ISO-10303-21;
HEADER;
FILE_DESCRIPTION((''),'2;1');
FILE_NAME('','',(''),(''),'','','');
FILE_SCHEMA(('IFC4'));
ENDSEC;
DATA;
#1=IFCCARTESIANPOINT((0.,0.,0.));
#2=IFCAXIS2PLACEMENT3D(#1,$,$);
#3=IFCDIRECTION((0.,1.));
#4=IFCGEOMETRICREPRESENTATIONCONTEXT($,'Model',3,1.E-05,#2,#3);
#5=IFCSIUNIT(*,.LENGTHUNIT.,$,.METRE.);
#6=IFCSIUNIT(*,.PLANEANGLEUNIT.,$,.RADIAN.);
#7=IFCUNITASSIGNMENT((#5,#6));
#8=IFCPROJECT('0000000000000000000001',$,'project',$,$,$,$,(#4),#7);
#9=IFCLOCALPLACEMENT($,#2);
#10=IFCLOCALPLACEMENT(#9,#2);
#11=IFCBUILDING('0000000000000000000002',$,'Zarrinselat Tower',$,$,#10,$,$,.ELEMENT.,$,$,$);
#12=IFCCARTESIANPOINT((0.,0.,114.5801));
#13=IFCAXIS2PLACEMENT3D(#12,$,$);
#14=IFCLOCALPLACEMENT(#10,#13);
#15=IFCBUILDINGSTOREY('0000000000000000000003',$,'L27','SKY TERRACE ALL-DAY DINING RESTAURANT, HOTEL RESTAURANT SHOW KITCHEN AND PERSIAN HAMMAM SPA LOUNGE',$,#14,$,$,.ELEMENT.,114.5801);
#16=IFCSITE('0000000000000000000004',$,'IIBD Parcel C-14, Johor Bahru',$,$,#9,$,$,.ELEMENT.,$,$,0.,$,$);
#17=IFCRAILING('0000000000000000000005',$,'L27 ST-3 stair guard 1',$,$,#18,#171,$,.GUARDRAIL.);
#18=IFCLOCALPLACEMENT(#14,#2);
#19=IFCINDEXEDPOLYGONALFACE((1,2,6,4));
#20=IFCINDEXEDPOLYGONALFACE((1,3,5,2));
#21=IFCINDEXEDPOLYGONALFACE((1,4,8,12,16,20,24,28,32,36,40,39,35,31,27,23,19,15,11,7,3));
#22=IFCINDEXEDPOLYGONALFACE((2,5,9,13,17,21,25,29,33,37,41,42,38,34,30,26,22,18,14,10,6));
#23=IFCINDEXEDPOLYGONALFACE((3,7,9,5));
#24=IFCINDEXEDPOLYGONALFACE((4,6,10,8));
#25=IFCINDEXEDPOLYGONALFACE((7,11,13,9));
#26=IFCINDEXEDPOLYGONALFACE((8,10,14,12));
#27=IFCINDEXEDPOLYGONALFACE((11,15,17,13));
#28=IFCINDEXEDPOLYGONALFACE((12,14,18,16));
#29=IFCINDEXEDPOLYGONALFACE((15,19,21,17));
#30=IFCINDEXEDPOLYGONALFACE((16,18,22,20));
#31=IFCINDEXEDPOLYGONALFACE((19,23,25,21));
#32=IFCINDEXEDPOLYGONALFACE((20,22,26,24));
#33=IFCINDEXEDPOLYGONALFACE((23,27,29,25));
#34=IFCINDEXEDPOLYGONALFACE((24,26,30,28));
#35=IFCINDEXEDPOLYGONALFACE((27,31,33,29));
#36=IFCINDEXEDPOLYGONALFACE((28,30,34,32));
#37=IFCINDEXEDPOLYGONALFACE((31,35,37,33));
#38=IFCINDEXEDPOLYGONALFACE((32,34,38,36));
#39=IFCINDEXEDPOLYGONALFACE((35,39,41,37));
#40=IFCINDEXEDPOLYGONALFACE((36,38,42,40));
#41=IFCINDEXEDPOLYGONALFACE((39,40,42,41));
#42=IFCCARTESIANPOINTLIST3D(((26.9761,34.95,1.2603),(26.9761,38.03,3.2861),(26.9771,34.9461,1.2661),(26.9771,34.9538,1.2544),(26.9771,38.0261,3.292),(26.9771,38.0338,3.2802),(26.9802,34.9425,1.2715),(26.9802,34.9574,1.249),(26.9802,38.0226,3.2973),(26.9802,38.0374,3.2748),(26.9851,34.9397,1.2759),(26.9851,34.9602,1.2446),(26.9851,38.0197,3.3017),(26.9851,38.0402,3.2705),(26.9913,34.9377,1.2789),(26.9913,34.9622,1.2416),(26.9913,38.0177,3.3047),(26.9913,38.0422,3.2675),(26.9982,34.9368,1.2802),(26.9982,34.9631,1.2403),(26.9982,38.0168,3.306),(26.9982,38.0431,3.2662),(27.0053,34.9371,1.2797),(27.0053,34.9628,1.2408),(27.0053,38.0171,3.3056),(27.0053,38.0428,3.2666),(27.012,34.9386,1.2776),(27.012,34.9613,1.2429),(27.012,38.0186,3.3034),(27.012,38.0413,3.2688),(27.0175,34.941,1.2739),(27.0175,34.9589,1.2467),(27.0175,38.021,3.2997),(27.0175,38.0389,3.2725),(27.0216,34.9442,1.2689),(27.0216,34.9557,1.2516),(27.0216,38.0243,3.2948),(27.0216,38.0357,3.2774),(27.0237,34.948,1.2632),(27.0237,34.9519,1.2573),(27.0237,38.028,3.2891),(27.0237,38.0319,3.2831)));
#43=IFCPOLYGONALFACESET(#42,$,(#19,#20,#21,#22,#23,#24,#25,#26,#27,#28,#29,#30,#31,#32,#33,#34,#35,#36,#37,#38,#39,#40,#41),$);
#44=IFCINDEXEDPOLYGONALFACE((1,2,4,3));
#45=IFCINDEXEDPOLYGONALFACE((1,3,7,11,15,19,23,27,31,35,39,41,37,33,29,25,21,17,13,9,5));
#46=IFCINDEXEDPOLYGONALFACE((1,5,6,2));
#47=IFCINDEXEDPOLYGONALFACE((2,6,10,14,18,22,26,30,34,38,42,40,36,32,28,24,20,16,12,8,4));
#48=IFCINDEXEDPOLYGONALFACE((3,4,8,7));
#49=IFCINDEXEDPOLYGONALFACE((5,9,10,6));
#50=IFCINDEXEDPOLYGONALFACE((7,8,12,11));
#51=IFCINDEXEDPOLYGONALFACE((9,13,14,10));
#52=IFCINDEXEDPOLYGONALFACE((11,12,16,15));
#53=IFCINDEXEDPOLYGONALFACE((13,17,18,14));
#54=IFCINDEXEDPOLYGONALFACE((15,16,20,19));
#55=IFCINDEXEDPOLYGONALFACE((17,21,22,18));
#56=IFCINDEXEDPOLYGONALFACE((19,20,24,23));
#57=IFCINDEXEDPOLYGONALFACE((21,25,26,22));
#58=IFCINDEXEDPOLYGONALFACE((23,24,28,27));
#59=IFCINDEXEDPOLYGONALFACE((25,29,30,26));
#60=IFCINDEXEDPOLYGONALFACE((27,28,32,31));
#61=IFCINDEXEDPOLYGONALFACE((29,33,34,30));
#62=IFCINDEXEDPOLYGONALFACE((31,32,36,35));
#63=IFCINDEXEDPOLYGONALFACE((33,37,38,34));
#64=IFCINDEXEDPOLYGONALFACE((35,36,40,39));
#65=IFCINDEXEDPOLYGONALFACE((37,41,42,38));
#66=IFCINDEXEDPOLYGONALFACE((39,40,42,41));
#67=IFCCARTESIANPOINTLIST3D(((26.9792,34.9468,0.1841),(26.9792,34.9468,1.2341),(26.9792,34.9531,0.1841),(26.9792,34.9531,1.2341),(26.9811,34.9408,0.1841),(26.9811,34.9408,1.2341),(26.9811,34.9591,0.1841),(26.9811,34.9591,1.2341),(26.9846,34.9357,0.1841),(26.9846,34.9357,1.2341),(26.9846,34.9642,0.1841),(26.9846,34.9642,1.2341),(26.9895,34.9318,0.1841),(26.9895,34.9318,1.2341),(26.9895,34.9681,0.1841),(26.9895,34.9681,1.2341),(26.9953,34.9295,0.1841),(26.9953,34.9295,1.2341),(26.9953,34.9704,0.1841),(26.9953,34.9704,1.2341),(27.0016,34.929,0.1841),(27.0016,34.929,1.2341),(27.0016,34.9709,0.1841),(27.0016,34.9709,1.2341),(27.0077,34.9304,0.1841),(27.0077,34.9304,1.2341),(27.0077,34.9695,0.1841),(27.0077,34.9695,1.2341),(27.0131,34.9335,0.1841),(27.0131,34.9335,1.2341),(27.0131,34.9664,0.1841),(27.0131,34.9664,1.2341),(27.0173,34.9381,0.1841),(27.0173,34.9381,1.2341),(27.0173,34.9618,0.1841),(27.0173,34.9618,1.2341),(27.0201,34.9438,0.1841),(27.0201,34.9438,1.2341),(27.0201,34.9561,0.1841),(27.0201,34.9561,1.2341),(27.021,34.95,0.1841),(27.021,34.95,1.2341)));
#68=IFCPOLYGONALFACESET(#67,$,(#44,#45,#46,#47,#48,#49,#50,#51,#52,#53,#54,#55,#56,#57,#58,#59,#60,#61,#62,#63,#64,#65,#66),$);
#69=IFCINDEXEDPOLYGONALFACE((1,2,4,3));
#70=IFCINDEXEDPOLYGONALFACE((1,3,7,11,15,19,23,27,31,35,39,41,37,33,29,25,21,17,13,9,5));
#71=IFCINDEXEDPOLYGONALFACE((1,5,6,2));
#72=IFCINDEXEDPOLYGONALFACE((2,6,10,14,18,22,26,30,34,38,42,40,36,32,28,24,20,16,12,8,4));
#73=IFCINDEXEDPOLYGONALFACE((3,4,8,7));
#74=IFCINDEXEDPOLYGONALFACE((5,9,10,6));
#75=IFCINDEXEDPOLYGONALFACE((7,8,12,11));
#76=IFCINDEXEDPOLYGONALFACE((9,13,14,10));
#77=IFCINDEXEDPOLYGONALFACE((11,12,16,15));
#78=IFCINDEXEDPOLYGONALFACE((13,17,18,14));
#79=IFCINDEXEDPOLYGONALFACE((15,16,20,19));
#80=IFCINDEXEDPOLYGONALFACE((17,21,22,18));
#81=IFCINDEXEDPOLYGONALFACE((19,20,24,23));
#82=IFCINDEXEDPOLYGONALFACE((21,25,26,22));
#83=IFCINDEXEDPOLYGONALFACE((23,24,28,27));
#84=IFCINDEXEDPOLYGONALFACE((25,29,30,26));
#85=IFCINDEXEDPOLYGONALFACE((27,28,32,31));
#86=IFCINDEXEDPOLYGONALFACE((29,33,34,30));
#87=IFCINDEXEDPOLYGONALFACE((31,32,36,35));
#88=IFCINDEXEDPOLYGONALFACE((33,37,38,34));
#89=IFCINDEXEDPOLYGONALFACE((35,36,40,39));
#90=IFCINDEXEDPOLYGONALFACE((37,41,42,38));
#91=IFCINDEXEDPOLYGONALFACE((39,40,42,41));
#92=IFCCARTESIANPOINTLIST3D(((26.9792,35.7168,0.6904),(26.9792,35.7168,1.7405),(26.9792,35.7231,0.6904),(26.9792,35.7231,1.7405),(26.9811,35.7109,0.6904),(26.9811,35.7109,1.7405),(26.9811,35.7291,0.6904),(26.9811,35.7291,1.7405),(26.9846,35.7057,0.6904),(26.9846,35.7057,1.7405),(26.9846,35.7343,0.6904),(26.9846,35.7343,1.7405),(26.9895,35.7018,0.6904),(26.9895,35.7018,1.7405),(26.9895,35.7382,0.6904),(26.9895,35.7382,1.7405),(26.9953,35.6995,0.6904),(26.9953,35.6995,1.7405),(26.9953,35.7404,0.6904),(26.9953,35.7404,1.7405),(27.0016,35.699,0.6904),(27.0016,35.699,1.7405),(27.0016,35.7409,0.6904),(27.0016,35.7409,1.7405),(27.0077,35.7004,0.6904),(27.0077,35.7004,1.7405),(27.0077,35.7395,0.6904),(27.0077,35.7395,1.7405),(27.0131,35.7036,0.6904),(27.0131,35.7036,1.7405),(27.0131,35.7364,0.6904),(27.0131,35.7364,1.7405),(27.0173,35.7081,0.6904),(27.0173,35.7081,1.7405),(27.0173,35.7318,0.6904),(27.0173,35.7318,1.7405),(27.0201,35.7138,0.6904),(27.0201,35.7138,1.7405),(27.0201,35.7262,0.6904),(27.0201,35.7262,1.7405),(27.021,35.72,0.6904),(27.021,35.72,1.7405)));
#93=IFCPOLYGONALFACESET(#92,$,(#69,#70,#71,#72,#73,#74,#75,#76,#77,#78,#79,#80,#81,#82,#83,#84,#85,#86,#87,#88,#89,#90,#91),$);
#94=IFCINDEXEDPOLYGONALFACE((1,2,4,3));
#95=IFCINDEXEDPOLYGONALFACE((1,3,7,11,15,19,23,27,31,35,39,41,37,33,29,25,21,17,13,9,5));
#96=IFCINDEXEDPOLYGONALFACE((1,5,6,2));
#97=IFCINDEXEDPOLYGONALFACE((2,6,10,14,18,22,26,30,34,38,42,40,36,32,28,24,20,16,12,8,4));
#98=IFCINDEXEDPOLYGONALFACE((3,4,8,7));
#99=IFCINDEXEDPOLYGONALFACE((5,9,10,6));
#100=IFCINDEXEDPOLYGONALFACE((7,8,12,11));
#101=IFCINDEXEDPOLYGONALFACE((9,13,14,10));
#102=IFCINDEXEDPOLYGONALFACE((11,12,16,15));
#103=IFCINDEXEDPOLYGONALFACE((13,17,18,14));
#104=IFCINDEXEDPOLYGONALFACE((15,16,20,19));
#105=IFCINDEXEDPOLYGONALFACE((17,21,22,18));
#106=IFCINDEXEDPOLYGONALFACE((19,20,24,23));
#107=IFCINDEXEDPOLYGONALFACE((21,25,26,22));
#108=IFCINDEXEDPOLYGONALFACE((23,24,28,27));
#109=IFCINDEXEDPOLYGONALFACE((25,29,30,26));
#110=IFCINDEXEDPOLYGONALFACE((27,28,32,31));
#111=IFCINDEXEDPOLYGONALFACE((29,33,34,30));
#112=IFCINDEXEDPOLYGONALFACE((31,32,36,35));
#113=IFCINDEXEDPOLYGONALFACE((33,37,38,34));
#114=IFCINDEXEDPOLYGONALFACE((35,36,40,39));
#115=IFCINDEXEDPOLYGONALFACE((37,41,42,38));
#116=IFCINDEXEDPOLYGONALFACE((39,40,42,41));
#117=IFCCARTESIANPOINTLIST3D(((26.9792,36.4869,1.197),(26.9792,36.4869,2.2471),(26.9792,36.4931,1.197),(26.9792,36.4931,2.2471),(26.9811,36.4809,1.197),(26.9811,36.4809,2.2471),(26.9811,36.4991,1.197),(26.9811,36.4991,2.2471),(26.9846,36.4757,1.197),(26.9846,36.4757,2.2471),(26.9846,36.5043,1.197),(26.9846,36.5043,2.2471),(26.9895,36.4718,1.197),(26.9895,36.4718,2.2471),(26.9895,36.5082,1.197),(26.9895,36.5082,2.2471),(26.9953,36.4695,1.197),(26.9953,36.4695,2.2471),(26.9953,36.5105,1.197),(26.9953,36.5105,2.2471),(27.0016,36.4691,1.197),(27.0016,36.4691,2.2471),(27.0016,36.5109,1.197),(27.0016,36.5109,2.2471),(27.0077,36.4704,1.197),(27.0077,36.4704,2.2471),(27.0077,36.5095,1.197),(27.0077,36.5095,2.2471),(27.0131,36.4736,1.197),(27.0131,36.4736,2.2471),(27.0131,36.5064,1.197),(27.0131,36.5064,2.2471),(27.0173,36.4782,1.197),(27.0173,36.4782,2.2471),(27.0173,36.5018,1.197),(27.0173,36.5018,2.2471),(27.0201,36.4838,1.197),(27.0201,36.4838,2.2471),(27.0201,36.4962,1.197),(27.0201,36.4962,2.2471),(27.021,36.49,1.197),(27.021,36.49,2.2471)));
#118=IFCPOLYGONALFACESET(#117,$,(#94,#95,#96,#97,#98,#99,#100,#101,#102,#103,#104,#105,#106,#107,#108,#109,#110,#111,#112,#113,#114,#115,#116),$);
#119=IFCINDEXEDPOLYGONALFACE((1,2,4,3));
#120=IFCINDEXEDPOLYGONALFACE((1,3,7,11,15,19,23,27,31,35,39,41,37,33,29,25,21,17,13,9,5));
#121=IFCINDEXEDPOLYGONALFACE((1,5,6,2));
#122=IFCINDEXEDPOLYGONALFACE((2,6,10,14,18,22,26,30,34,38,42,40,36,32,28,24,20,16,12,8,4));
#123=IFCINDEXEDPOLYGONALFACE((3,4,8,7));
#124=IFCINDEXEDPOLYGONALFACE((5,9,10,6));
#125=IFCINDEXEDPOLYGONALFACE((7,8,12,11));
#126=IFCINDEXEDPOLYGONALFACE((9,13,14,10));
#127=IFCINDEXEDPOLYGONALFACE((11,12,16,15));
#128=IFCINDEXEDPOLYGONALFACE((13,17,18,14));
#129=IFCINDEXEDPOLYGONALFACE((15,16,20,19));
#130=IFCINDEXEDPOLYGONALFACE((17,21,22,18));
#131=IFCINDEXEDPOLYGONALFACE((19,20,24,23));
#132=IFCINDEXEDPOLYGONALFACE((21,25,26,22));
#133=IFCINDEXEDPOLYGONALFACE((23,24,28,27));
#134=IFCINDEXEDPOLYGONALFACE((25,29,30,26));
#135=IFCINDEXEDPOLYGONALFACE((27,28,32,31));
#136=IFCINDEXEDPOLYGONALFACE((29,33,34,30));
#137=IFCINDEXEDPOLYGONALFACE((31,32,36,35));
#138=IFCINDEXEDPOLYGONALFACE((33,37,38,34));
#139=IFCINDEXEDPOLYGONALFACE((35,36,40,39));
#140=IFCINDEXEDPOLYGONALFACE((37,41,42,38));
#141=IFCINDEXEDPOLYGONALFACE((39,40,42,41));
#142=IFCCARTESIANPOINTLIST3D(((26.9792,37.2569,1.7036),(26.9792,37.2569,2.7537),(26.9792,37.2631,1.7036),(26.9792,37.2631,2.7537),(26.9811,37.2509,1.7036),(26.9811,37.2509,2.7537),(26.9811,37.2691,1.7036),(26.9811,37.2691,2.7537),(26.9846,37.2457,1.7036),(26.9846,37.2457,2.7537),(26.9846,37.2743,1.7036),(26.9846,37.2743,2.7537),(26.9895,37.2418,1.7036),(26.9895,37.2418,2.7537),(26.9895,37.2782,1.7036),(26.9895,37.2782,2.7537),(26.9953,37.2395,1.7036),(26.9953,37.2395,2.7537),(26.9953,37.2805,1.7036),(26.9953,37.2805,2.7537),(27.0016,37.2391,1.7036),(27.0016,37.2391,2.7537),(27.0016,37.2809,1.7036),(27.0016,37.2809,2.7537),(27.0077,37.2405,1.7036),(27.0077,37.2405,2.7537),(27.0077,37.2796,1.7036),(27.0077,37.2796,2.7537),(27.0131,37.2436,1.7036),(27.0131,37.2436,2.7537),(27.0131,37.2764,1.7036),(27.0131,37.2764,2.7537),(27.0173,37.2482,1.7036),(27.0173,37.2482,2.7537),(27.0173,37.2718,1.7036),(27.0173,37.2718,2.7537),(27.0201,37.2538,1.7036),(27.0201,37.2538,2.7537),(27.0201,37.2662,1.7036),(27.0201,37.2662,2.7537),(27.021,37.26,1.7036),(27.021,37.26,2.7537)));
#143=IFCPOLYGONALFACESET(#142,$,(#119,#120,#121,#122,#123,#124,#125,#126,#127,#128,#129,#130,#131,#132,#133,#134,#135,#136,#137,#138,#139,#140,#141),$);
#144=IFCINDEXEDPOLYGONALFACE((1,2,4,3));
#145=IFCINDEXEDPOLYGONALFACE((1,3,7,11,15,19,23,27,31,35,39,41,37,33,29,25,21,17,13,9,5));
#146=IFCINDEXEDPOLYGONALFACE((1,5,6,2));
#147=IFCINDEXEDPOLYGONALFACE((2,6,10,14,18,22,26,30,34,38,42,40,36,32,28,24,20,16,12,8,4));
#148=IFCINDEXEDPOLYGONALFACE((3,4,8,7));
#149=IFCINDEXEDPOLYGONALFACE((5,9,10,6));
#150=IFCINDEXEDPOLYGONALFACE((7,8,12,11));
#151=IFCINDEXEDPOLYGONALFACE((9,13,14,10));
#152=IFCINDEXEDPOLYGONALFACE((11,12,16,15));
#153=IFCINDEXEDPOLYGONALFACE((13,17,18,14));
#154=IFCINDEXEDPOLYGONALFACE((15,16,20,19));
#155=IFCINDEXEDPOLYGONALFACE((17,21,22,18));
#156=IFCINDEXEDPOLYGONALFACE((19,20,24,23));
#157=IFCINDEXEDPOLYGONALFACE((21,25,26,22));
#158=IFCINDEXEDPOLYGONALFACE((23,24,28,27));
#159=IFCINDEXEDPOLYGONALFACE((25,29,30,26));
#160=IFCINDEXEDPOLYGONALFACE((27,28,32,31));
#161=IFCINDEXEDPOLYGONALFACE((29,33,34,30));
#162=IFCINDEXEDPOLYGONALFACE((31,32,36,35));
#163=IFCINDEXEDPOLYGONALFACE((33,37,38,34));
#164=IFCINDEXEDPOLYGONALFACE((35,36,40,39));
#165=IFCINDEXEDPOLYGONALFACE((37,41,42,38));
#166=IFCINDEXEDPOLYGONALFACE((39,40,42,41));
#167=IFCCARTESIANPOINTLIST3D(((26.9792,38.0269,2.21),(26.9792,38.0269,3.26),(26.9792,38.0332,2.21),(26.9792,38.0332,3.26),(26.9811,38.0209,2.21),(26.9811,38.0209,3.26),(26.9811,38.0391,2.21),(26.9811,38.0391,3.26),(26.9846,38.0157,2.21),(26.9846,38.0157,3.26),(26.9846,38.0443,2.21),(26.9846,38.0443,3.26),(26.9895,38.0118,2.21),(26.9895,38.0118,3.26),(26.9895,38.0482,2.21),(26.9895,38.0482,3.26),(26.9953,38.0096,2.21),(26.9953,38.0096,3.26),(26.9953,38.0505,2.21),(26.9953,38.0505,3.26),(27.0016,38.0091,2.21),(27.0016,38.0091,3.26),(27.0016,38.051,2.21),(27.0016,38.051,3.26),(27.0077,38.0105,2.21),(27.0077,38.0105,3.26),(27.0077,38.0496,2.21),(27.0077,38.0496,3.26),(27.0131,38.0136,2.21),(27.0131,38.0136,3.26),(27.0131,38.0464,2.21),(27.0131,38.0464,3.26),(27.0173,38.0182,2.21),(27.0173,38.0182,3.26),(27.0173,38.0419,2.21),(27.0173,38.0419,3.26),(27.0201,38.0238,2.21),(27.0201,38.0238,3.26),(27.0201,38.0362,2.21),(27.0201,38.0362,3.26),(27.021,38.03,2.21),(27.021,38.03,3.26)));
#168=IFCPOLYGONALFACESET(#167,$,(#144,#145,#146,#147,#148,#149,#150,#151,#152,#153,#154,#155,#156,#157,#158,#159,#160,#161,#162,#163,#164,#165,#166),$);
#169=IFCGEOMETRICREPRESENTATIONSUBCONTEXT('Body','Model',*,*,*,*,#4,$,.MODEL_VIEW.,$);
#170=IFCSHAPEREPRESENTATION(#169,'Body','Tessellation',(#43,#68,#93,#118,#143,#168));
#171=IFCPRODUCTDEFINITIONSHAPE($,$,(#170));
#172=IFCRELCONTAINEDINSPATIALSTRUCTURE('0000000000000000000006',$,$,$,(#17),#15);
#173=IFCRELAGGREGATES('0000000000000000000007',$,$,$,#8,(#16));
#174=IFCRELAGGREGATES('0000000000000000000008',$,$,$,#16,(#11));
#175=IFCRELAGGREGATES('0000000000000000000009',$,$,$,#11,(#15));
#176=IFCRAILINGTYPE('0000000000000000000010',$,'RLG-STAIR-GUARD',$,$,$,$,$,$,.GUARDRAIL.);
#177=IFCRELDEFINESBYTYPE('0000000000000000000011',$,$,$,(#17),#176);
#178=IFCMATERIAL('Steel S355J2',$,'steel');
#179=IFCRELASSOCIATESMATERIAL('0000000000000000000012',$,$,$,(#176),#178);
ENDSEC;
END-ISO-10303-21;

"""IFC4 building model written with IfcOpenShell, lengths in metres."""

from ifc_helpers import new_model, si_unit, direction, frame, origin, origin_2d, place, context, subcontext, project, spatial, circle, extrude, material, type_object, element, save


model = new_model("IFC4")

# Units and contexts
model_context = context("Model", 3, precision=1e-05, world=origin(), true_north=direction((0.0, 1.0)))
body_context = subcontext(model_context, "Body", "Model", "MODEL_VIEW")
ifc_project = project(units=[si_unit("LENGTHUNIT", "METRE"), si_unit("PLANEANGLEUNIT", "RADIAN")], contexts=[model_context])

# Site, building, storey
site_placement = place(None, origin())
site = spatial("IfcSite", under=ifc_project, at=site_placement, Name="IIBD Parcel C-14, Johor Bahru", CompositionType="ELEMENT", RefElevation=0.0)
building_placement = place(site_placement, origin())
building = spatial("IfcBuilding", under=site, at=building_placement, Name="Zarrinselat Tower", CompositionType="ELEMENT")
storey_placement = place(building_placement, frame((0.0, 0.0, 114.5801)))
storey = spatial("IfcBuildingStorey", under=building, at=storey_placement, Name="L27", Description="SKY TERRACE ALL-DAY DINING RESTAURANT, HOTEL RESTAURANT SHOW KITCHEN AND PERSIAN HAMMAM SPA LOUNGE", CompositionType="ELEMENT", Elevation=114.5801)

# Railing
ifc_material_1 = material(Name="Steel S355J2", Category="steel")
railing_type_1 = type_object("IfcRailingType", Name="RLG-STAIR-GUARD", PredefinedType="GUARDRAIL", material=ifc_material_1)
railing_1_placement = place(storey_placement, frame((27.0, 34.95, 0.1841)))
element("IfcRailing", 1, at=railing_1_placement, inside=storey, type_object=railing_type_1, Name="L27 ST-3 stair guard 1", PredefinedType="GUARDRAIL", context=body_context, shape_type="SweptSolid", body=[
    extrude(circle(Radius=0.0239, at=origin_2d()), frame((0.0, 0.0, 1.0762), z_axis=(0.0, 0.835478, 0.549524), x_axis=(-1.0, 0.0, 0.0)), (0.0, 0.0, 1.0), 3.6865),
    extrude(circle(Radius=0.021, at=origin_2d()), origin(), (0.0, 0.0, 1.0), 1.05),
    extrude(circle(Radius=0.021, at=origin_2d()), frame((0.0, 0.77, 0.5063)), (0.0, 0.0, 1.0), 1.05),
    extrude(circle(Radius=0.021, at=origin_2d()), frame((0.0, 1.54, 1.0129)), (0.0, 0.0, 1.0), 1.05),
    extrude(circle(Radius=0.021, at=origin_2d()), frame((0.0, 2.3101, 1.5195)), (0.0, 0.0, 1.0), 1.05),
    extrude(circle(Radius=0.021, at=origin_2d()), frame((0.0, 3.0801, 2.0259)), (0.0, 0.0, 1.0), 1.05),
])

save(model, "model.ifc")
